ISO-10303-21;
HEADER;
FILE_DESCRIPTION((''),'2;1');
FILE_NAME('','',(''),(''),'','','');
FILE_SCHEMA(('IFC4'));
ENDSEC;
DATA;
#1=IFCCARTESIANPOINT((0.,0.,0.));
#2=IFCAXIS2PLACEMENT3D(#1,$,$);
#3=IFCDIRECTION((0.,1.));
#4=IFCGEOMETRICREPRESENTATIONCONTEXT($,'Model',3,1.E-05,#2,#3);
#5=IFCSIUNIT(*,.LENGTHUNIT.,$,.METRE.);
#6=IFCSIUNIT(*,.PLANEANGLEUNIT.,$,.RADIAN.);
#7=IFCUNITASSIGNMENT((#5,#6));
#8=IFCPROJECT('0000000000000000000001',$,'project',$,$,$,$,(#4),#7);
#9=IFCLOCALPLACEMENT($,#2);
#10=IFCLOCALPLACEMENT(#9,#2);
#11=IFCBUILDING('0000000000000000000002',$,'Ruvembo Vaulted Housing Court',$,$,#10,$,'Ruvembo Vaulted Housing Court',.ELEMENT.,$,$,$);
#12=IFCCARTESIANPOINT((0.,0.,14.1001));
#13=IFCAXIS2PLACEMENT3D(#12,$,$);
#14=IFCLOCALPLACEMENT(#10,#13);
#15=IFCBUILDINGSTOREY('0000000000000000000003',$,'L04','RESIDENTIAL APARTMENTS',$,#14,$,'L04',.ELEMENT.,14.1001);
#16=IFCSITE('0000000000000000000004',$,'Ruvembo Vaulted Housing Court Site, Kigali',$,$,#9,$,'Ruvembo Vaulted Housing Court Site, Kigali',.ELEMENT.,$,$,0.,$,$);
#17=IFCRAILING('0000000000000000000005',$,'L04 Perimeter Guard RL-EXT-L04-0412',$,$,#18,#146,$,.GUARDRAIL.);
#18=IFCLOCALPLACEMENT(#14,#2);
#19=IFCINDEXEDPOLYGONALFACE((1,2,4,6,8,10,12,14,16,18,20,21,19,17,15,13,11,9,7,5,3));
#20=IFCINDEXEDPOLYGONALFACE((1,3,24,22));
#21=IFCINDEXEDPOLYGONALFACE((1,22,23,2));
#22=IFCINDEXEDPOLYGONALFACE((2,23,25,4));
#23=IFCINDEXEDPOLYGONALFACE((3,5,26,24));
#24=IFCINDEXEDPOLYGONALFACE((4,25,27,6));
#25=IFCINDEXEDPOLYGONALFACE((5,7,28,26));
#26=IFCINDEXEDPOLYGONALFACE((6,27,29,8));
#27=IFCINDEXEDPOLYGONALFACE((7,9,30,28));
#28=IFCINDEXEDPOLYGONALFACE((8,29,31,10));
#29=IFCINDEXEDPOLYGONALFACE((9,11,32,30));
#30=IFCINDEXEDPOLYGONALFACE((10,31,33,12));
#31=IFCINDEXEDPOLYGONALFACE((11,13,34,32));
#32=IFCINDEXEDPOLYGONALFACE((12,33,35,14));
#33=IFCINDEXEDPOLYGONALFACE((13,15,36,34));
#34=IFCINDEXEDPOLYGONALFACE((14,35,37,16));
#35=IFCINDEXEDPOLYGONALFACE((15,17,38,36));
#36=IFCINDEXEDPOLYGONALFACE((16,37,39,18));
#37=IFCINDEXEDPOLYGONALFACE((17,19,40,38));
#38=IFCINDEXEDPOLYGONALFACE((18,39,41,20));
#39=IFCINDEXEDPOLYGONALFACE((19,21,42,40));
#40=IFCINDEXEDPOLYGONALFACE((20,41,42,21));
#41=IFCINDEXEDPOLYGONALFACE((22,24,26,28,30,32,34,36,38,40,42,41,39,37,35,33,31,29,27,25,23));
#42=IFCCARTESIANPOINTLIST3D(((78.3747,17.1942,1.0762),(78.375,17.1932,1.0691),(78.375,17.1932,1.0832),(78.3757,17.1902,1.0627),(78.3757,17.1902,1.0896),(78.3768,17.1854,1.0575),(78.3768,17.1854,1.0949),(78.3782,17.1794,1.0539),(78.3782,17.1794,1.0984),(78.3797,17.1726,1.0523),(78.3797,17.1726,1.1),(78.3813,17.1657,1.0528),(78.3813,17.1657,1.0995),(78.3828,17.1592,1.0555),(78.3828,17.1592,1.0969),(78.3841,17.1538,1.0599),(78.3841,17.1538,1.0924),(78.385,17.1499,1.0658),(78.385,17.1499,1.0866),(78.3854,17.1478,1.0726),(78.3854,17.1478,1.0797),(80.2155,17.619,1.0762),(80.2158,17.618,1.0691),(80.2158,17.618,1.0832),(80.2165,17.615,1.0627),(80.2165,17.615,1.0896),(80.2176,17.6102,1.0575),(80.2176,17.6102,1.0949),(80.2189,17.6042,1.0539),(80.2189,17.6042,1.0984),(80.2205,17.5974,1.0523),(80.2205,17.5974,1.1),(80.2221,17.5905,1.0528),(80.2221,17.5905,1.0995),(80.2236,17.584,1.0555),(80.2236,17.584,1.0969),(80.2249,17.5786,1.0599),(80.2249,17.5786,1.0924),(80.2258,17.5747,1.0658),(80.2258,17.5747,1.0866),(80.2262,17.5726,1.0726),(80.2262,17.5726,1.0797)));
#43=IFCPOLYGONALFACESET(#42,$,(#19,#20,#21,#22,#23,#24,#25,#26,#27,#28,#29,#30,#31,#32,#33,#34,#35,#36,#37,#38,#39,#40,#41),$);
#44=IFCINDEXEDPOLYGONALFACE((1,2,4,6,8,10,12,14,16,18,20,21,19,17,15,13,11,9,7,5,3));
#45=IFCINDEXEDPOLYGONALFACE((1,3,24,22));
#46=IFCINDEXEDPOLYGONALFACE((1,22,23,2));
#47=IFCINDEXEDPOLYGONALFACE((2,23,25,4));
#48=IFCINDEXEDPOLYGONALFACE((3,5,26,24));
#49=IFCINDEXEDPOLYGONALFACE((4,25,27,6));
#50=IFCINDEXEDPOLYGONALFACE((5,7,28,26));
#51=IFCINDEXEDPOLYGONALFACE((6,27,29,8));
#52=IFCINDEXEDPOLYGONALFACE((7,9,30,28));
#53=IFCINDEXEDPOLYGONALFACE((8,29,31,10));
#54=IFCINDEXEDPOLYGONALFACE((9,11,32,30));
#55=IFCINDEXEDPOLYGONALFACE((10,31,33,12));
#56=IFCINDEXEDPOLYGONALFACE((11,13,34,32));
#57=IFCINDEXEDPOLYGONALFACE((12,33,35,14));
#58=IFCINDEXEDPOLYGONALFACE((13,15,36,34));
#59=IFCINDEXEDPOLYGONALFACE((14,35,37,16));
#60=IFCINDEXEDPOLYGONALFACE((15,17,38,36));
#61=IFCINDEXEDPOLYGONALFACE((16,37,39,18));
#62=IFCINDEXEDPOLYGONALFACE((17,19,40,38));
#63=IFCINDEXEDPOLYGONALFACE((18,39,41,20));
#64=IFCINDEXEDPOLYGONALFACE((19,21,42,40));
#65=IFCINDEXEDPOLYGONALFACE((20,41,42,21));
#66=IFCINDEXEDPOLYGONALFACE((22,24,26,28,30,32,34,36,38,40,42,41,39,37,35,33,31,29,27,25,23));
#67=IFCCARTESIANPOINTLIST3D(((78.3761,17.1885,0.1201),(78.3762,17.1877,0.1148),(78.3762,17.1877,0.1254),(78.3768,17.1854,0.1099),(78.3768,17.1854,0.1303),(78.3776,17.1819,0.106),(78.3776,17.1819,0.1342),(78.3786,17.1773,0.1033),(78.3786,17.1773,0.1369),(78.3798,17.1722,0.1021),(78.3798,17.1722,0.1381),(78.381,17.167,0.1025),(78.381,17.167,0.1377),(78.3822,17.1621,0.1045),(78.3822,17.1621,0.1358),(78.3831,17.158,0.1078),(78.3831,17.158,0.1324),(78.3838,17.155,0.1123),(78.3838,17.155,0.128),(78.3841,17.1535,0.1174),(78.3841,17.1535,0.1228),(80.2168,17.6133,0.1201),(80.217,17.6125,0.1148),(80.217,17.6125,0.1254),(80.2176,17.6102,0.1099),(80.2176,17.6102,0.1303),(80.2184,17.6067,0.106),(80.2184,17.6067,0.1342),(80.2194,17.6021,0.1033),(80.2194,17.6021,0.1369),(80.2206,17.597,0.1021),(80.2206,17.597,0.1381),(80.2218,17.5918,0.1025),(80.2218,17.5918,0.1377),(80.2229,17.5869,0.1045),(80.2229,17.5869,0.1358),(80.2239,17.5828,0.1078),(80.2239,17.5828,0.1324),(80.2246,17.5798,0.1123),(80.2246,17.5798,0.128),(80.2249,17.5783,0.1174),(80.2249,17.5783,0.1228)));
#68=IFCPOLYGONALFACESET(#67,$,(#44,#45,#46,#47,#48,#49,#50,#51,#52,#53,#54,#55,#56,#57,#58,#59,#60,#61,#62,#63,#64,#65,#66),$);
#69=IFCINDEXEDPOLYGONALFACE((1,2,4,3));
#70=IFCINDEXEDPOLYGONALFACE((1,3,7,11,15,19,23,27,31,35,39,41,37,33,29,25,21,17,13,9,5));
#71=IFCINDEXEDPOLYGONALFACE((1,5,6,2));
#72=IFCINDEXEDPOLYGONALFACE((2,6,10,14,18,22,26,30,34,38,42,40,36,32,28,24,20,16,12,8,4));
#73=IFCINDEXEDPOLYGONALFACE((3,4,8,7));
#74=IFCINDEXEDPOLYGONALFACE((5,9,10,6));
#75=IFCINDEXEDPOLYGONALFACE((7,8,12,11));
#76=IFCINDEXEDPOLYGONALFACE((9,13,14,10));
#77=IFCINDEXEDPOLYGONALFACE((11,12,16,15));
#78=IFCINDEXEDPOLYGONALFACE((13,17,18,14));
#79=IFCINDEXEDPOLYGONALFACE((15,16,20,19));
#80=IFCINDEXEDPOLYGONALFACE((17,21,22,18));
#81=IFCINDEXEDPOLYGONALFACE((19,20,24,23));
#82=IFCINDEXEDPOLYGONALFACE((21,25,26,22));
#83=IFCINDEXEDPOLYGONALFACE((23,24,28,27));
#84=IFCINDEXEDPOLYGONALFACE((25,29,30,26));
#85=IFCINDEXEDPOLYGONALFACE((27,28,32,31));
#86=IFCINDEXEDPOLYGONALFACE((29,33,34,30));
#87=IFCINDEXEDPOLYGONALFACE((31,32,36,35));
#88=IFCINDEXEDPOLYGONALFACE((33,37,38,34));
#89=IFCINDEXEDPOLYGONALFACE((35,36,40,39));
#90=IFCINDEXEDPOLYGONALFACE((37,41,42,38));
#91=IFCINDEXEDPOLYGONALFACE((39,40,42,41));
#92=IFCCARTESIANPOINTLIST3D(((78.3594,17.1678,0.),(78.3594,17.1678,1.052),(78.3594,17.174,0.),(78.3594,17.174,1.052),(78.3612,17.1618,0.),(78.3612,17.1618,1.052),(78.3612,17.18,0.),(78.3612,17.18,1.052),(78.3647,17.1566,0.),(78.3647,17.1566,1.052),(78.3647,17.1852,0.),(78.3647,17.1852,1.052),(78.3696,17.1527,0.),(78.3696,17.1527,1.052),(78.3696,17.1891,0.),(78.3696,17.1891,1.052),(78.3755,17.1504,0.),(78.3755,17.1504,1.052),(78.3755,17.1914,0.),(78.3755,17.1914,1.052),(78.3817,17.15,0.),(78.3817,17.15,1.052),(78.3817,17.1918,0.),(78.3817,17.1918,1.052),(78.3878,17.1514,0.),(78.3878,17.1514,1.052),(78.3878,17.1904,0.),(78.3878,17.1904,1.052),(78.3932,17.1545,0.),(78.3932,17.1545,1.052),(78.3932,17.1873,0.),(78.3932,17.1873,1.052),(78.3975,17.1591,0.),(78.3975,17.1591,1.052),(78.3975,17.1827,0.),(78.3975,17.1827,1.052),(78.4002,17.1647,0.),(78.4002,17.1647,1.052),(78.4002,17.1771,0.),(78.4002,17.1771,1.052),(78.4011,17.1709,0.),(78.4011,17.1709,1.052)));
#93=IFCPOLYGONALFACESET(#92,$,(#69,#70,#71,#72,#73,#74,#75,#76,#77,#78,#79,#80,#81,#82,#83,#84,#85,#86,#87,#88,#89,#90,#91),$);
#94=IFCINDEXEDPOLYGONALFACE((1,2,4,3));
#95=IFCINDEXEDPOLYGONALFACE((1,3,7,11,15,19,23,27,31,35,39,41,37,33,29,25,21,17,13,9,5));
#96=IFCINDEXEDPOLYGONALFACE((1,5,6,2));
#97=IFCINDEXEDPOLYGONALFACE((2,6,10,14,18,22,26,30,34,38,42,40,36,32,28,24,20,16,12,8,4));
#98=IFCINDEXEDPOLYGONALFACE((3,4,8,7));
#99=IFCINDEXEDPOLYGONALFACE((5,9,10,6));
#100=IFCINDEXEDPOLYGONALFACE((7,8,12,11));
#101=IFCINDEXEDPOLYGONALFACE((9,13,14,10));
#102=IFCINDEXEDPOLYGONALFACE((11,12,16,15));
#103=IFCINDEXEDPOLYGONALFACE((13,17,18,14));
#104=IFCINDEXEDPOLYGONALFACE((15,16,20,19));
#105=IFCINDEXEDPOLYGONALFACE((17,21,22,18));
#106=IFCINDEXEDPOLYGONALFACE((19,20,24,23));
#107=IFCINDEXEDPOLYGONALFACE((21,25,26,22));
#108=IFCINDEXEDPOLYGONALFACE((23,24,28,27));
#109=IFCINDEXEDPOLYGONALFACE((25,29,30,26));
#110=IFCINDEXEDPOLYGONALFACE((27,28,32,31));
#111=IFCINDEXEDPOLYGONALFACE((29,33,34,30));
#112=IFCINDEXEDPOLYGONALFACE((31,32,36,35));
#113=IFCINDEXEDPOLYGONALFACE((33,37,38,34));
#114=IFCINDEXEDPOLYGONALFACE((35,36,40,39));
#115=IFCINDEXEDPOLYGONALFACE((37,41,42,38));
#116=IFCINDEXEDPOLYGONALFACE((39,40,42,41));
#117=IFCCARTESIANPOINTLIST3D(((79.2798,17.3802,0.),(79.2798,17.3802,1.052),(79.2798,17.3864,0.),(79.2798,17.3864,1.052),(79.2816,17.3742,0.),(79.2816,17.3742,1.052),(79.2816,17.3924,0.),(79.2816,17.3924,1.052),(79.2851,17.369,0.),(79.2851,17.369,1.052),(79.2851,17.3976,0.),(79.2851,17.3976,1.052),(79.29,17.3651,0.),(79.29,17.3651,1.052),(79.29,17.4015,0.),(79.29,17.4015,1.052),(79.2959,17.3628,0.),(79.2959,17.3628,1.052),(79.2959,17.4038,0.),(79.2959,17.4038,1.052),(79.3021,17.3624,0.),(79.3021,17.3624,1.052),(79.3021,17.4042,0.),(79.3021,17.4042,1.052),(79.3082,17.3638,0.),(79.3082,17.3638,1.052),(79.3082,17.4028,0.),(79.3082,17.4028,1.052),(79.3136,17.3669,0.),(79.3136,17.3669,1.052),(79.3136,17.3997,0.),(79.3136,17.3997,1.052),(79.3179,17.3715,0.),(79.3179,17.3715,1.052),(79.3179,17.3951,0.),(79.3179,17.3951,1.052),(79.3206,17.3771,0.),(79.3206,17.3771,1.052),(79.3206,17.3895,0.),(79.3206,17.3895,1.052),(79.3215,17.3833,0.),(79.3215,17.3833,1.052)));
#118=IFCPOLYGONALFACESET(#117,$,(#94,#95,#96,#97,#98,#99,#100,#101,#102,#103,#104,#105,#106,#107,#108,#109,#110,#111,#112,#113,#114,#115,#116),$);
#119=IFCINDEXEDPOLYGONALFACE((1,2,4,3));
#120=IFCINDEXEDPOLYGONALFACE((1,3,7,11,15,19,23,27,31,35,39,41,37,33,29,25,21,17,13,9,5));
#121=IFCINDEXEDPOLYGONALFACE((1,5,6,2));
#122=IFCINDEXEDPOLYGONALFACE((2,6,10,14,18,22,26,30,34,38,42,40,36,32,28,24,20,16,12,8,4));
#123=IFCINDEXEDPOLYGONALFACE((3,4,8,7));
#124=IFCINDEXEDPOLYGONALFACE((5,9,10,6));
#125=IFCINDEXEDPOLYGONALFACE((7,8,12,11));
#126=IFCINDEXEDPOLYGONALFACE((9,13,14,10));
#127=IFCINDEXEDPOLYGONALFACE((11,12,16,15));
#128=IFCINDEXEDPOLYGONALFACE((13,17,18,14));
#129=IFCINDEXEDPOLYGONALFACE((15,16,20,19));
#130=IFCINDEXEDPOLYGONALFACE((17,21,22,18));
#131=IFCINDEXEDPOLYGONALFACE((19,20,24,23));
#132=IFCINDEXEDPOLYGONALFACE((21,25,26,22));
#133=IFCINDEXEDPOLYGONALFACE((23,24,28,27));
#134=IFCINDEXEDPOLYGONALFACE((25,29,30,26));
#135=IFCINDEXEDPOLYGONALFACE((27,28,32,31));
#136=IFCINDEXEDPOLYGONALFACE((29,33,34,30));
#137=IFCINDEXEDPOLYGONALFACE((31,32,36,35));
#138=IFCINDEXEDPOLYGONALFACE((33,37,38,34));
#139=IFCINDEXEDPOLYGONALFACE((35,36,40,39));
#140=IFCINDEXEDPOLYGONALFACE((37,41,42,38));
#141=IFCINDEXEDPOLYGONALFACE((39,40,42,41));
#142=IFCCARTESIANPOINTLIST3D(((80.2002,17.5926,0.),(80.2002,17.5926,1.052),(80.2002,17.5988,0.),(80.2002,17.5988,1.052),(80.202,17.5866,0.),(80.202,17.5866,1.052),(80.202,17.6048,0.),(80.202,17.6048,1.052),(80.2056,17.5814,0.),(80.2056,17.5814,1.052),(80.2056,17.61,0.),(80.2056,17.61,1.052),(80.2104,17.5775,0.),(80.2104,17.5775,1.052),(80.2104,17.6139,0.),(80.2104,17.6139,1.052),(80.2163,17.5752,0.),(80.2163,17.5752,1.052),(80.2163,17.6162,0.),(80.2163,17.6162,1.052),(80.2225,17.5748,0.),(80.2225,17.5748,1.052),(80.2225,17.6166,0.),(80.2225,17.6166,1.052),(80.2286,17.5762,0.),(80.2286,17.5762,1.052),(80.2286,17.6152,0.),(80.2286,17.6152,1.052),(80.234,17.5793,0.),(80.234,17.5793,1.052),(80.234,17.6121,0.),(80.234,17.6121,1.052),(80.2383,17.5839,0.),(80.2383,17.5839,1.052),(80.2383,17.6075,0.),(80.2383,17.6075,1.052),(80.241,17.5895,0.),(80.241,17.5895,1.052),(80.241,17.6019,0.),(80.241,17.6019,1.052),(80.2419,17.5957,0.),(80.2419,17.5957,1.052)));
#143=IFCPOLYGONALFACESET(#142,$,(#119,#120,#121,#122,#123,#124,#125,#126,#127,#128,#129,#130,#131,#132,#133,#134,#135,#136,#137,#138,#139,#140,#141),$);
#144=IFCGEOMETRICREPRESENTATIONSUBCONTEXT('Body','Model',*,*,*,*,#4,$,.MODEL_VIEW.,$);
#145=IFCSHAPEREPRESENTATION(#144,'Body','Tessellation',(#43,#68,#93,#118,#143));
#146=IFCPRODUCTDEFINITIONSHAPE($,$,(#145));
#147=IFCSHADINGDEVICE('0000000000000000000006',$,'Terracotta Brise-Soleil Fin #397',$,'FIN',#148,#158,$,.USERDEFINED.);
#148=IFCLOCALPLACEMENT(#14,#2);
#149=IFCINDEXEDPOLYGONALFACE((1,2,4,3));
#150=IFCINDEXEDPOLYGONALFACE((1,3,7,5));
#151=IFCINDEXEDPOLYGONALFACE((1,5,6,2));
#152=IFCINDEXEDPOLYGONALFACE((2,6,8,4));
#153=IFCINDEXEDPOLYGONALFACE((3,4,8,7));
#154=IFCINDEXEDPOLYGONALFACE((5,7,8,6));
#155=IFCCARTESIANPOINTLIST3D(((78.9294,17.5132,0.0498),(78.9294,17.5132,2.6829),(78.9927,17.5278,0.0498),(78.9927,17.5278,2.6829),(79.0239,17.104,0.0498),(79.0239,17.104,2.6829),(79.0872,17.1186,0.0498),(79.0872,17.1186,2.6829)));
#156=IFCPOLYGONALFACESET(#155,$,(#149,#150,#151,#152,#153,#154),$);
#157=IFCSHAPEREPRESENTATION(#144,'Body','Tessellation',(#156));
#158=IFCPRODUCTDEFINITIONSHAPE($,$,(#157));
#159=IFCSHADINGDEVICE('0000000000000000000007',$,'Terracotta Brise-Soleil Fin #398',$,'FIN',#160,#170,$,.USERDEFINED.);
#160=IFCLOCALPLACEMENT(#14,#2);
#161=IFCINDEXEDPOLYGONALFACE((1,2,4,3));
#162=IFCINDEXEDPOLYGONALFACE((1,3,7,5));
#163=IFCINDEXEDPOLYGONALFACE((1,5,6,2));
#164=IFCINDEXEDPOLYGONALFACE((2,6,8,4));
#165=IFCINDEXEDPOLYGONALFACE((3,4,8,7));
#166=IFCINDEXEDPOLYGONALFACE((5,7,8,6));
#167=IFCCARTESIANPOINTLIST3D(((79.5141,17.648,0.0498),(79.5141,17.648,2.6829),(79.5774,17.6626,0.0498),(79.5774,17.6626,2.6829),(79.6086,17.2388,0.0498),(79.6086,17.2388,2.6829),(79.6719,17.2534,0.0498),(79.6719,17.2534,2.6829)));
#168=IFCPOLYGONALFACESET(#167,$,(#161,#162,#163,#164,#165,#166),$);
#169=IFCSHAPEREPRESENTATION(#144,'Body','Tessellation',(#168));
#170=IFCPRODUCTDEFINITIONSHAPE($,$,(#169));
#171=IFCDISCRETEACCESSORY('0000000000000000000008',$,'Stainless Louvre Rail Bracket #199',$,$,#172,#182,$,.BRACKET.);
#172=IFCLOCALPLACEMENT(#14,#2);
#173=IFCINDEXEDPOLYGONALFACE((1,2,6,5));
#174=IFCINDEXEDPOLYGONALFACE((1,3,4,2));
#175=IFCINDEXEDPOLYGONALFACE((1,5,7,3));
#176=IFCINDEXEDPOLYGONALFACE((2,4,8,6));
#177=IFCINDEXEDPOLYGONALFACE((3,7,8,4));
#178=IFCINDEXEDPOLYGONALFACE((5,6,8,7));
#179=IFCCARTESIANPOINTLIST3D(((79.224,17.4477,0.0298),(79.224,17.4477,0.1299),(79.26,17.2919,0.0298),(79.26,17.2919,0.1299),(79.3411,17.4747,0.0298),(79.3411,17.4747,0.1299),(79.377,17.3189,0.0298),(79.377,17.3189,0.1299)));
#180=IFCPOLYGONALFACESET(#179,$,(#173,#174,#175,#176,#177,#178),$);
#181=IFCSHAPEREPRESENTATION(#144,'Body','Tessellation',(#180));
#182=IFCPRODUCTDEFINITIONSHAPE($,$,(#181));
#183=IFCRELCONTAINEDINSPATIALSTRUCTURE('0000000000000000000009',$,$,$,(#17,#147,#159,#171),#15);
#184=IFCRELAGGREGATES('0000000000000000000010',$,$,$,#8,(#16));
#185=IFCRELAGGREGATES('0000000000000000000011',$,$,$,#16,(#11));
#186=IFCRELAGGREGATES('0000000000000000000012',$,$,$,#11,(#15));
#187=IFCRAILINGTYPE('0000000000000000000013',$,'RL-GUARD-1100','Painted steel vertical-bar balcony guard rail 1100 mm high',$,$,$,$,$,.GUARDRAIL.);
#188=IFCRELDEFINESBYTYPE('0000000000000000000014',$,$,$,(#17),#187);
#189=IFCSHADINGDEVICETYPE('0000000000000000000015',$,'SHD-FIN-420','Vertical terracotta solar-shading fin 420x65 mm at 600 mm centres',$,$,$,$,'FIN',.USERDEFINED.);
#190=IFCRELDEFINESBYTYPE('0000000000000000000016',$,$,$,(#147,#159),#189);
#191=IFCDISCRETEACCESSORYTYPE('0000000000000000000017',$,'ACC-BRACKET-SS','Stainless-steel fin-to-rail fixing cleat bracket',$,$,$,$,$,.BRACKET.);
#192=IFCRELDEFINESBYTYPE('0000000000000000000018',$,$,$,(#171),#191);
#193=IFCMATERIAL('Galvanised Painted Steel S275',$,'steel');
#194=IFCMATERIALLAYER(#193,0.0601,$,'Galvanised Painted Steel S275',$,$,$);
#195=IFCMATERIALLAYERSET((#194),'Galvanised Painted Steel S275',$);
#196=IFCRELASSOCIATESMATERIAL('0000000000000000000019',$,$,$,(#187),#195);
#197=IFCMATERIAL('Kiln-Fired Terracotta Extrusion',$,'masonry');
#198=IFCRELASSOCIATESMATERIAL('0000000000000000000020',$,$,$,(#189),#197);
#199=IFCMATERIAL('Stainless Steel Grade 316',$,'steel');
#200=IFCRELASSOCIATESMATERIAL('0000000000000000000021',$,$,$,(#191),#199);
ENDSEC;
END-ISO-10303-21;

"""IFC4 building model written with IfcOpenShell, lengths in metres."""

from ifc_helpers import new_model, si_unit, direction, frame, origin, origin_2d, place, context, subcontext, project, spatial, rectangle, circle, extrude, material, layer, layer_set, type_object, element, save


model = new_model("IFC4")

# Units and contexts
model_context = context("Model", 3, precision=1e-05, world=origin(), true_north=direction((0.0, 1.0)))
body_context = subcontext(model_context, "Body", "Model", "MODEL_VIEW")
ifc_project = project(units=[si_unit("LENGTHUNIT", "METRE"), si_unit("PLANEANGLEUNIT", "RADIAN")], contexts=[model_context])

# Site, building, storey
site_placement = place(None, origin())
site = spatial("IfcSite", under=ifc_project, at=site_placement, Name="Ruvembo Vaulted Housing Court Site, Kigali", LongName="Ruvembo Vaulted Housing Court Site, Kigali", CompositionType="ELEMENT", RefElevation=0.0)
building_placement = place(site_placement, origin())
building = spatial("IfcBuilding", under=site, at=building_placement, Name="Ruvembo Vaulted Housing Court", LongName="Ruvembo Vaulted Housing Court", CompositionType="ELEMENT")
storey_placement = place(building_placement, frame((0.0, 0.0, 14.1001)))
storey = spatial("IfcBuildingStorey", under=building, at=storey_placement, Name="L04", Description="RESIDENTIAL APARTMENTS", LongName="L04", CompositionType="ELEMENT", Elevation=14.1001)

# Railing
ifc_material_1 = material(Name="Galvanised Painted Steel S275", Category="steel")
ifc_layer_1 = layer(ifc_material_1, 0.0601, Name="Galvanised Painted Steel S275")
ifc_layer_set_1 = layer_set([ifc_layer_1], Name="Galvanised Painted Steel S275")
railing_type_1 = type_object("IfcRailingType", Name="RL-GUARD-1100", Description="Painted steel vertical-bar balcony guard rail 1100 mm high", PredefinedType="GUARDRAIL", material=ifc_layer_set_1)
railing_1_placement = place(storey_placement, frame((78.3801, 17.1709, 0.0)))
element("IfcRailing", 1, at=railing_1_placement, inside=storey, type_object=railing_type_1, Name="L04 Perimeter Guard RL-EXT-L04-0412", PredefinedType="GUARDRAIL", context=body_context, shape_type="SweptSolid", body=[
    extrude(circle(Radius=0.0239, at=origin_2d()), frame((0.0, 0.0, 1.0762), z_axis=(0.974391, 0.22486, 0.0), x_axis=(-0.22486, 0.974391, 0.0)), (0.0, 0.0, 1.0), 1.8892),
    extrude(circle(Radius=0.0181, at=origin_2d()), frame((0.0, 0.0, 0.1201), z_axis=(0.974391, 0.22486, 0.0), x_axis=(-0.22486, 0.974391, 0.0)), (0.0, 0.0, 1.0), 1.8892),
    extrude(circle(Radius=0.021, at=origin_2d()), origin(), (0.0, 0.0, 1.0), 1.052),
    extrude(circle(Radius=0.021, at=origin_2d()), frame((0.9204, 0.2124, 0.0)), (0.0, 0.0, 1.0), 1.052),
    extrude(circle(Radius=0.021, at=origin_2d()), frame((1.8408, 0.4248, 0.0)), (0.0, 0.0, 1.0), 1.052),
])

# Shading devices
ifc_material_2 = material(Name="Kiln-Fired Terracotta Extrusion", Category="masonry")
shading_device_type = type_object("IfcShadingDeviceType", Name="SHD-FIN-420", Description="Vertical terracotta solar-shading fin 420x65 mm at 600 mm centres", ElementType="FIN", PredefinedType="USERDEFINED", material=ifc_material_2)
for number, where, z_axis, x_axis, name in (
    (2, (79.0083, 17.3159, 0.0498), (0.0, 0.0, 1.0), (0.224951, -0.97437, 0.0), "Terracotta Brise-Soleil Fin #397"),
    (3, (79.593, 17.4507, 0.0498), (0.0, 0.0, 1.0), (0.224951, -0.97437, 0.0), "Terracotta Brise-Soleil Fin #398"),
):
    element("IfcShadingDevice", number, at=place(storey_placement, frame(where, z_axis=z_axis, x_axis=x_axis)), inside=storey, type_object=shading_device_type, Name=name, ObjectType="FIN", PredefinedType="USERDEFINED", context=body_context, shape_type="SweptSolid", body=[
        extrude(rectangle(XDim=0.4199, YDim=0.0649, at=origin_2d()), origin(), (0.0, 0.0, 1.0), 2.6331),
    ])

# Discrete accessory
ifc_material_3 = material(Name="Stainless Steel Grade 316", Category="steel")
discrete_accessory_type = type_object("IfcDiscreteAccessoryType", Name="ACC-BRACKET-SS", Description="Stainless-steel fin-to-rail fixing cleat bracket", PredefinedType="BRACKET", material=ifc_material_3)
discrete_accessory_placement = place(storey_placement, frame((79.3005, 17.3833, 0.0298), z_axis=(0.0, 0.0, 1.0), x_axis=(0.224951, -0.97437, 0.0)))
element("IfcDiscreteAccessory", 4, at=discrete_accessory_placement, inside=storey, type_object=discrete_accessory_type, Name="Stainless Louvre Rail Bracket #199", PredefinedType="BRACKET", context=body_context, shape_type="SweptSolid", body=[
    extrude(rectangle(XDim=0.1599, YDim=0.1201, at=origin_2d()), origin(), (0.0, 0.0, 1.0), 0.1001),
])

save(model, "model.ifc")
